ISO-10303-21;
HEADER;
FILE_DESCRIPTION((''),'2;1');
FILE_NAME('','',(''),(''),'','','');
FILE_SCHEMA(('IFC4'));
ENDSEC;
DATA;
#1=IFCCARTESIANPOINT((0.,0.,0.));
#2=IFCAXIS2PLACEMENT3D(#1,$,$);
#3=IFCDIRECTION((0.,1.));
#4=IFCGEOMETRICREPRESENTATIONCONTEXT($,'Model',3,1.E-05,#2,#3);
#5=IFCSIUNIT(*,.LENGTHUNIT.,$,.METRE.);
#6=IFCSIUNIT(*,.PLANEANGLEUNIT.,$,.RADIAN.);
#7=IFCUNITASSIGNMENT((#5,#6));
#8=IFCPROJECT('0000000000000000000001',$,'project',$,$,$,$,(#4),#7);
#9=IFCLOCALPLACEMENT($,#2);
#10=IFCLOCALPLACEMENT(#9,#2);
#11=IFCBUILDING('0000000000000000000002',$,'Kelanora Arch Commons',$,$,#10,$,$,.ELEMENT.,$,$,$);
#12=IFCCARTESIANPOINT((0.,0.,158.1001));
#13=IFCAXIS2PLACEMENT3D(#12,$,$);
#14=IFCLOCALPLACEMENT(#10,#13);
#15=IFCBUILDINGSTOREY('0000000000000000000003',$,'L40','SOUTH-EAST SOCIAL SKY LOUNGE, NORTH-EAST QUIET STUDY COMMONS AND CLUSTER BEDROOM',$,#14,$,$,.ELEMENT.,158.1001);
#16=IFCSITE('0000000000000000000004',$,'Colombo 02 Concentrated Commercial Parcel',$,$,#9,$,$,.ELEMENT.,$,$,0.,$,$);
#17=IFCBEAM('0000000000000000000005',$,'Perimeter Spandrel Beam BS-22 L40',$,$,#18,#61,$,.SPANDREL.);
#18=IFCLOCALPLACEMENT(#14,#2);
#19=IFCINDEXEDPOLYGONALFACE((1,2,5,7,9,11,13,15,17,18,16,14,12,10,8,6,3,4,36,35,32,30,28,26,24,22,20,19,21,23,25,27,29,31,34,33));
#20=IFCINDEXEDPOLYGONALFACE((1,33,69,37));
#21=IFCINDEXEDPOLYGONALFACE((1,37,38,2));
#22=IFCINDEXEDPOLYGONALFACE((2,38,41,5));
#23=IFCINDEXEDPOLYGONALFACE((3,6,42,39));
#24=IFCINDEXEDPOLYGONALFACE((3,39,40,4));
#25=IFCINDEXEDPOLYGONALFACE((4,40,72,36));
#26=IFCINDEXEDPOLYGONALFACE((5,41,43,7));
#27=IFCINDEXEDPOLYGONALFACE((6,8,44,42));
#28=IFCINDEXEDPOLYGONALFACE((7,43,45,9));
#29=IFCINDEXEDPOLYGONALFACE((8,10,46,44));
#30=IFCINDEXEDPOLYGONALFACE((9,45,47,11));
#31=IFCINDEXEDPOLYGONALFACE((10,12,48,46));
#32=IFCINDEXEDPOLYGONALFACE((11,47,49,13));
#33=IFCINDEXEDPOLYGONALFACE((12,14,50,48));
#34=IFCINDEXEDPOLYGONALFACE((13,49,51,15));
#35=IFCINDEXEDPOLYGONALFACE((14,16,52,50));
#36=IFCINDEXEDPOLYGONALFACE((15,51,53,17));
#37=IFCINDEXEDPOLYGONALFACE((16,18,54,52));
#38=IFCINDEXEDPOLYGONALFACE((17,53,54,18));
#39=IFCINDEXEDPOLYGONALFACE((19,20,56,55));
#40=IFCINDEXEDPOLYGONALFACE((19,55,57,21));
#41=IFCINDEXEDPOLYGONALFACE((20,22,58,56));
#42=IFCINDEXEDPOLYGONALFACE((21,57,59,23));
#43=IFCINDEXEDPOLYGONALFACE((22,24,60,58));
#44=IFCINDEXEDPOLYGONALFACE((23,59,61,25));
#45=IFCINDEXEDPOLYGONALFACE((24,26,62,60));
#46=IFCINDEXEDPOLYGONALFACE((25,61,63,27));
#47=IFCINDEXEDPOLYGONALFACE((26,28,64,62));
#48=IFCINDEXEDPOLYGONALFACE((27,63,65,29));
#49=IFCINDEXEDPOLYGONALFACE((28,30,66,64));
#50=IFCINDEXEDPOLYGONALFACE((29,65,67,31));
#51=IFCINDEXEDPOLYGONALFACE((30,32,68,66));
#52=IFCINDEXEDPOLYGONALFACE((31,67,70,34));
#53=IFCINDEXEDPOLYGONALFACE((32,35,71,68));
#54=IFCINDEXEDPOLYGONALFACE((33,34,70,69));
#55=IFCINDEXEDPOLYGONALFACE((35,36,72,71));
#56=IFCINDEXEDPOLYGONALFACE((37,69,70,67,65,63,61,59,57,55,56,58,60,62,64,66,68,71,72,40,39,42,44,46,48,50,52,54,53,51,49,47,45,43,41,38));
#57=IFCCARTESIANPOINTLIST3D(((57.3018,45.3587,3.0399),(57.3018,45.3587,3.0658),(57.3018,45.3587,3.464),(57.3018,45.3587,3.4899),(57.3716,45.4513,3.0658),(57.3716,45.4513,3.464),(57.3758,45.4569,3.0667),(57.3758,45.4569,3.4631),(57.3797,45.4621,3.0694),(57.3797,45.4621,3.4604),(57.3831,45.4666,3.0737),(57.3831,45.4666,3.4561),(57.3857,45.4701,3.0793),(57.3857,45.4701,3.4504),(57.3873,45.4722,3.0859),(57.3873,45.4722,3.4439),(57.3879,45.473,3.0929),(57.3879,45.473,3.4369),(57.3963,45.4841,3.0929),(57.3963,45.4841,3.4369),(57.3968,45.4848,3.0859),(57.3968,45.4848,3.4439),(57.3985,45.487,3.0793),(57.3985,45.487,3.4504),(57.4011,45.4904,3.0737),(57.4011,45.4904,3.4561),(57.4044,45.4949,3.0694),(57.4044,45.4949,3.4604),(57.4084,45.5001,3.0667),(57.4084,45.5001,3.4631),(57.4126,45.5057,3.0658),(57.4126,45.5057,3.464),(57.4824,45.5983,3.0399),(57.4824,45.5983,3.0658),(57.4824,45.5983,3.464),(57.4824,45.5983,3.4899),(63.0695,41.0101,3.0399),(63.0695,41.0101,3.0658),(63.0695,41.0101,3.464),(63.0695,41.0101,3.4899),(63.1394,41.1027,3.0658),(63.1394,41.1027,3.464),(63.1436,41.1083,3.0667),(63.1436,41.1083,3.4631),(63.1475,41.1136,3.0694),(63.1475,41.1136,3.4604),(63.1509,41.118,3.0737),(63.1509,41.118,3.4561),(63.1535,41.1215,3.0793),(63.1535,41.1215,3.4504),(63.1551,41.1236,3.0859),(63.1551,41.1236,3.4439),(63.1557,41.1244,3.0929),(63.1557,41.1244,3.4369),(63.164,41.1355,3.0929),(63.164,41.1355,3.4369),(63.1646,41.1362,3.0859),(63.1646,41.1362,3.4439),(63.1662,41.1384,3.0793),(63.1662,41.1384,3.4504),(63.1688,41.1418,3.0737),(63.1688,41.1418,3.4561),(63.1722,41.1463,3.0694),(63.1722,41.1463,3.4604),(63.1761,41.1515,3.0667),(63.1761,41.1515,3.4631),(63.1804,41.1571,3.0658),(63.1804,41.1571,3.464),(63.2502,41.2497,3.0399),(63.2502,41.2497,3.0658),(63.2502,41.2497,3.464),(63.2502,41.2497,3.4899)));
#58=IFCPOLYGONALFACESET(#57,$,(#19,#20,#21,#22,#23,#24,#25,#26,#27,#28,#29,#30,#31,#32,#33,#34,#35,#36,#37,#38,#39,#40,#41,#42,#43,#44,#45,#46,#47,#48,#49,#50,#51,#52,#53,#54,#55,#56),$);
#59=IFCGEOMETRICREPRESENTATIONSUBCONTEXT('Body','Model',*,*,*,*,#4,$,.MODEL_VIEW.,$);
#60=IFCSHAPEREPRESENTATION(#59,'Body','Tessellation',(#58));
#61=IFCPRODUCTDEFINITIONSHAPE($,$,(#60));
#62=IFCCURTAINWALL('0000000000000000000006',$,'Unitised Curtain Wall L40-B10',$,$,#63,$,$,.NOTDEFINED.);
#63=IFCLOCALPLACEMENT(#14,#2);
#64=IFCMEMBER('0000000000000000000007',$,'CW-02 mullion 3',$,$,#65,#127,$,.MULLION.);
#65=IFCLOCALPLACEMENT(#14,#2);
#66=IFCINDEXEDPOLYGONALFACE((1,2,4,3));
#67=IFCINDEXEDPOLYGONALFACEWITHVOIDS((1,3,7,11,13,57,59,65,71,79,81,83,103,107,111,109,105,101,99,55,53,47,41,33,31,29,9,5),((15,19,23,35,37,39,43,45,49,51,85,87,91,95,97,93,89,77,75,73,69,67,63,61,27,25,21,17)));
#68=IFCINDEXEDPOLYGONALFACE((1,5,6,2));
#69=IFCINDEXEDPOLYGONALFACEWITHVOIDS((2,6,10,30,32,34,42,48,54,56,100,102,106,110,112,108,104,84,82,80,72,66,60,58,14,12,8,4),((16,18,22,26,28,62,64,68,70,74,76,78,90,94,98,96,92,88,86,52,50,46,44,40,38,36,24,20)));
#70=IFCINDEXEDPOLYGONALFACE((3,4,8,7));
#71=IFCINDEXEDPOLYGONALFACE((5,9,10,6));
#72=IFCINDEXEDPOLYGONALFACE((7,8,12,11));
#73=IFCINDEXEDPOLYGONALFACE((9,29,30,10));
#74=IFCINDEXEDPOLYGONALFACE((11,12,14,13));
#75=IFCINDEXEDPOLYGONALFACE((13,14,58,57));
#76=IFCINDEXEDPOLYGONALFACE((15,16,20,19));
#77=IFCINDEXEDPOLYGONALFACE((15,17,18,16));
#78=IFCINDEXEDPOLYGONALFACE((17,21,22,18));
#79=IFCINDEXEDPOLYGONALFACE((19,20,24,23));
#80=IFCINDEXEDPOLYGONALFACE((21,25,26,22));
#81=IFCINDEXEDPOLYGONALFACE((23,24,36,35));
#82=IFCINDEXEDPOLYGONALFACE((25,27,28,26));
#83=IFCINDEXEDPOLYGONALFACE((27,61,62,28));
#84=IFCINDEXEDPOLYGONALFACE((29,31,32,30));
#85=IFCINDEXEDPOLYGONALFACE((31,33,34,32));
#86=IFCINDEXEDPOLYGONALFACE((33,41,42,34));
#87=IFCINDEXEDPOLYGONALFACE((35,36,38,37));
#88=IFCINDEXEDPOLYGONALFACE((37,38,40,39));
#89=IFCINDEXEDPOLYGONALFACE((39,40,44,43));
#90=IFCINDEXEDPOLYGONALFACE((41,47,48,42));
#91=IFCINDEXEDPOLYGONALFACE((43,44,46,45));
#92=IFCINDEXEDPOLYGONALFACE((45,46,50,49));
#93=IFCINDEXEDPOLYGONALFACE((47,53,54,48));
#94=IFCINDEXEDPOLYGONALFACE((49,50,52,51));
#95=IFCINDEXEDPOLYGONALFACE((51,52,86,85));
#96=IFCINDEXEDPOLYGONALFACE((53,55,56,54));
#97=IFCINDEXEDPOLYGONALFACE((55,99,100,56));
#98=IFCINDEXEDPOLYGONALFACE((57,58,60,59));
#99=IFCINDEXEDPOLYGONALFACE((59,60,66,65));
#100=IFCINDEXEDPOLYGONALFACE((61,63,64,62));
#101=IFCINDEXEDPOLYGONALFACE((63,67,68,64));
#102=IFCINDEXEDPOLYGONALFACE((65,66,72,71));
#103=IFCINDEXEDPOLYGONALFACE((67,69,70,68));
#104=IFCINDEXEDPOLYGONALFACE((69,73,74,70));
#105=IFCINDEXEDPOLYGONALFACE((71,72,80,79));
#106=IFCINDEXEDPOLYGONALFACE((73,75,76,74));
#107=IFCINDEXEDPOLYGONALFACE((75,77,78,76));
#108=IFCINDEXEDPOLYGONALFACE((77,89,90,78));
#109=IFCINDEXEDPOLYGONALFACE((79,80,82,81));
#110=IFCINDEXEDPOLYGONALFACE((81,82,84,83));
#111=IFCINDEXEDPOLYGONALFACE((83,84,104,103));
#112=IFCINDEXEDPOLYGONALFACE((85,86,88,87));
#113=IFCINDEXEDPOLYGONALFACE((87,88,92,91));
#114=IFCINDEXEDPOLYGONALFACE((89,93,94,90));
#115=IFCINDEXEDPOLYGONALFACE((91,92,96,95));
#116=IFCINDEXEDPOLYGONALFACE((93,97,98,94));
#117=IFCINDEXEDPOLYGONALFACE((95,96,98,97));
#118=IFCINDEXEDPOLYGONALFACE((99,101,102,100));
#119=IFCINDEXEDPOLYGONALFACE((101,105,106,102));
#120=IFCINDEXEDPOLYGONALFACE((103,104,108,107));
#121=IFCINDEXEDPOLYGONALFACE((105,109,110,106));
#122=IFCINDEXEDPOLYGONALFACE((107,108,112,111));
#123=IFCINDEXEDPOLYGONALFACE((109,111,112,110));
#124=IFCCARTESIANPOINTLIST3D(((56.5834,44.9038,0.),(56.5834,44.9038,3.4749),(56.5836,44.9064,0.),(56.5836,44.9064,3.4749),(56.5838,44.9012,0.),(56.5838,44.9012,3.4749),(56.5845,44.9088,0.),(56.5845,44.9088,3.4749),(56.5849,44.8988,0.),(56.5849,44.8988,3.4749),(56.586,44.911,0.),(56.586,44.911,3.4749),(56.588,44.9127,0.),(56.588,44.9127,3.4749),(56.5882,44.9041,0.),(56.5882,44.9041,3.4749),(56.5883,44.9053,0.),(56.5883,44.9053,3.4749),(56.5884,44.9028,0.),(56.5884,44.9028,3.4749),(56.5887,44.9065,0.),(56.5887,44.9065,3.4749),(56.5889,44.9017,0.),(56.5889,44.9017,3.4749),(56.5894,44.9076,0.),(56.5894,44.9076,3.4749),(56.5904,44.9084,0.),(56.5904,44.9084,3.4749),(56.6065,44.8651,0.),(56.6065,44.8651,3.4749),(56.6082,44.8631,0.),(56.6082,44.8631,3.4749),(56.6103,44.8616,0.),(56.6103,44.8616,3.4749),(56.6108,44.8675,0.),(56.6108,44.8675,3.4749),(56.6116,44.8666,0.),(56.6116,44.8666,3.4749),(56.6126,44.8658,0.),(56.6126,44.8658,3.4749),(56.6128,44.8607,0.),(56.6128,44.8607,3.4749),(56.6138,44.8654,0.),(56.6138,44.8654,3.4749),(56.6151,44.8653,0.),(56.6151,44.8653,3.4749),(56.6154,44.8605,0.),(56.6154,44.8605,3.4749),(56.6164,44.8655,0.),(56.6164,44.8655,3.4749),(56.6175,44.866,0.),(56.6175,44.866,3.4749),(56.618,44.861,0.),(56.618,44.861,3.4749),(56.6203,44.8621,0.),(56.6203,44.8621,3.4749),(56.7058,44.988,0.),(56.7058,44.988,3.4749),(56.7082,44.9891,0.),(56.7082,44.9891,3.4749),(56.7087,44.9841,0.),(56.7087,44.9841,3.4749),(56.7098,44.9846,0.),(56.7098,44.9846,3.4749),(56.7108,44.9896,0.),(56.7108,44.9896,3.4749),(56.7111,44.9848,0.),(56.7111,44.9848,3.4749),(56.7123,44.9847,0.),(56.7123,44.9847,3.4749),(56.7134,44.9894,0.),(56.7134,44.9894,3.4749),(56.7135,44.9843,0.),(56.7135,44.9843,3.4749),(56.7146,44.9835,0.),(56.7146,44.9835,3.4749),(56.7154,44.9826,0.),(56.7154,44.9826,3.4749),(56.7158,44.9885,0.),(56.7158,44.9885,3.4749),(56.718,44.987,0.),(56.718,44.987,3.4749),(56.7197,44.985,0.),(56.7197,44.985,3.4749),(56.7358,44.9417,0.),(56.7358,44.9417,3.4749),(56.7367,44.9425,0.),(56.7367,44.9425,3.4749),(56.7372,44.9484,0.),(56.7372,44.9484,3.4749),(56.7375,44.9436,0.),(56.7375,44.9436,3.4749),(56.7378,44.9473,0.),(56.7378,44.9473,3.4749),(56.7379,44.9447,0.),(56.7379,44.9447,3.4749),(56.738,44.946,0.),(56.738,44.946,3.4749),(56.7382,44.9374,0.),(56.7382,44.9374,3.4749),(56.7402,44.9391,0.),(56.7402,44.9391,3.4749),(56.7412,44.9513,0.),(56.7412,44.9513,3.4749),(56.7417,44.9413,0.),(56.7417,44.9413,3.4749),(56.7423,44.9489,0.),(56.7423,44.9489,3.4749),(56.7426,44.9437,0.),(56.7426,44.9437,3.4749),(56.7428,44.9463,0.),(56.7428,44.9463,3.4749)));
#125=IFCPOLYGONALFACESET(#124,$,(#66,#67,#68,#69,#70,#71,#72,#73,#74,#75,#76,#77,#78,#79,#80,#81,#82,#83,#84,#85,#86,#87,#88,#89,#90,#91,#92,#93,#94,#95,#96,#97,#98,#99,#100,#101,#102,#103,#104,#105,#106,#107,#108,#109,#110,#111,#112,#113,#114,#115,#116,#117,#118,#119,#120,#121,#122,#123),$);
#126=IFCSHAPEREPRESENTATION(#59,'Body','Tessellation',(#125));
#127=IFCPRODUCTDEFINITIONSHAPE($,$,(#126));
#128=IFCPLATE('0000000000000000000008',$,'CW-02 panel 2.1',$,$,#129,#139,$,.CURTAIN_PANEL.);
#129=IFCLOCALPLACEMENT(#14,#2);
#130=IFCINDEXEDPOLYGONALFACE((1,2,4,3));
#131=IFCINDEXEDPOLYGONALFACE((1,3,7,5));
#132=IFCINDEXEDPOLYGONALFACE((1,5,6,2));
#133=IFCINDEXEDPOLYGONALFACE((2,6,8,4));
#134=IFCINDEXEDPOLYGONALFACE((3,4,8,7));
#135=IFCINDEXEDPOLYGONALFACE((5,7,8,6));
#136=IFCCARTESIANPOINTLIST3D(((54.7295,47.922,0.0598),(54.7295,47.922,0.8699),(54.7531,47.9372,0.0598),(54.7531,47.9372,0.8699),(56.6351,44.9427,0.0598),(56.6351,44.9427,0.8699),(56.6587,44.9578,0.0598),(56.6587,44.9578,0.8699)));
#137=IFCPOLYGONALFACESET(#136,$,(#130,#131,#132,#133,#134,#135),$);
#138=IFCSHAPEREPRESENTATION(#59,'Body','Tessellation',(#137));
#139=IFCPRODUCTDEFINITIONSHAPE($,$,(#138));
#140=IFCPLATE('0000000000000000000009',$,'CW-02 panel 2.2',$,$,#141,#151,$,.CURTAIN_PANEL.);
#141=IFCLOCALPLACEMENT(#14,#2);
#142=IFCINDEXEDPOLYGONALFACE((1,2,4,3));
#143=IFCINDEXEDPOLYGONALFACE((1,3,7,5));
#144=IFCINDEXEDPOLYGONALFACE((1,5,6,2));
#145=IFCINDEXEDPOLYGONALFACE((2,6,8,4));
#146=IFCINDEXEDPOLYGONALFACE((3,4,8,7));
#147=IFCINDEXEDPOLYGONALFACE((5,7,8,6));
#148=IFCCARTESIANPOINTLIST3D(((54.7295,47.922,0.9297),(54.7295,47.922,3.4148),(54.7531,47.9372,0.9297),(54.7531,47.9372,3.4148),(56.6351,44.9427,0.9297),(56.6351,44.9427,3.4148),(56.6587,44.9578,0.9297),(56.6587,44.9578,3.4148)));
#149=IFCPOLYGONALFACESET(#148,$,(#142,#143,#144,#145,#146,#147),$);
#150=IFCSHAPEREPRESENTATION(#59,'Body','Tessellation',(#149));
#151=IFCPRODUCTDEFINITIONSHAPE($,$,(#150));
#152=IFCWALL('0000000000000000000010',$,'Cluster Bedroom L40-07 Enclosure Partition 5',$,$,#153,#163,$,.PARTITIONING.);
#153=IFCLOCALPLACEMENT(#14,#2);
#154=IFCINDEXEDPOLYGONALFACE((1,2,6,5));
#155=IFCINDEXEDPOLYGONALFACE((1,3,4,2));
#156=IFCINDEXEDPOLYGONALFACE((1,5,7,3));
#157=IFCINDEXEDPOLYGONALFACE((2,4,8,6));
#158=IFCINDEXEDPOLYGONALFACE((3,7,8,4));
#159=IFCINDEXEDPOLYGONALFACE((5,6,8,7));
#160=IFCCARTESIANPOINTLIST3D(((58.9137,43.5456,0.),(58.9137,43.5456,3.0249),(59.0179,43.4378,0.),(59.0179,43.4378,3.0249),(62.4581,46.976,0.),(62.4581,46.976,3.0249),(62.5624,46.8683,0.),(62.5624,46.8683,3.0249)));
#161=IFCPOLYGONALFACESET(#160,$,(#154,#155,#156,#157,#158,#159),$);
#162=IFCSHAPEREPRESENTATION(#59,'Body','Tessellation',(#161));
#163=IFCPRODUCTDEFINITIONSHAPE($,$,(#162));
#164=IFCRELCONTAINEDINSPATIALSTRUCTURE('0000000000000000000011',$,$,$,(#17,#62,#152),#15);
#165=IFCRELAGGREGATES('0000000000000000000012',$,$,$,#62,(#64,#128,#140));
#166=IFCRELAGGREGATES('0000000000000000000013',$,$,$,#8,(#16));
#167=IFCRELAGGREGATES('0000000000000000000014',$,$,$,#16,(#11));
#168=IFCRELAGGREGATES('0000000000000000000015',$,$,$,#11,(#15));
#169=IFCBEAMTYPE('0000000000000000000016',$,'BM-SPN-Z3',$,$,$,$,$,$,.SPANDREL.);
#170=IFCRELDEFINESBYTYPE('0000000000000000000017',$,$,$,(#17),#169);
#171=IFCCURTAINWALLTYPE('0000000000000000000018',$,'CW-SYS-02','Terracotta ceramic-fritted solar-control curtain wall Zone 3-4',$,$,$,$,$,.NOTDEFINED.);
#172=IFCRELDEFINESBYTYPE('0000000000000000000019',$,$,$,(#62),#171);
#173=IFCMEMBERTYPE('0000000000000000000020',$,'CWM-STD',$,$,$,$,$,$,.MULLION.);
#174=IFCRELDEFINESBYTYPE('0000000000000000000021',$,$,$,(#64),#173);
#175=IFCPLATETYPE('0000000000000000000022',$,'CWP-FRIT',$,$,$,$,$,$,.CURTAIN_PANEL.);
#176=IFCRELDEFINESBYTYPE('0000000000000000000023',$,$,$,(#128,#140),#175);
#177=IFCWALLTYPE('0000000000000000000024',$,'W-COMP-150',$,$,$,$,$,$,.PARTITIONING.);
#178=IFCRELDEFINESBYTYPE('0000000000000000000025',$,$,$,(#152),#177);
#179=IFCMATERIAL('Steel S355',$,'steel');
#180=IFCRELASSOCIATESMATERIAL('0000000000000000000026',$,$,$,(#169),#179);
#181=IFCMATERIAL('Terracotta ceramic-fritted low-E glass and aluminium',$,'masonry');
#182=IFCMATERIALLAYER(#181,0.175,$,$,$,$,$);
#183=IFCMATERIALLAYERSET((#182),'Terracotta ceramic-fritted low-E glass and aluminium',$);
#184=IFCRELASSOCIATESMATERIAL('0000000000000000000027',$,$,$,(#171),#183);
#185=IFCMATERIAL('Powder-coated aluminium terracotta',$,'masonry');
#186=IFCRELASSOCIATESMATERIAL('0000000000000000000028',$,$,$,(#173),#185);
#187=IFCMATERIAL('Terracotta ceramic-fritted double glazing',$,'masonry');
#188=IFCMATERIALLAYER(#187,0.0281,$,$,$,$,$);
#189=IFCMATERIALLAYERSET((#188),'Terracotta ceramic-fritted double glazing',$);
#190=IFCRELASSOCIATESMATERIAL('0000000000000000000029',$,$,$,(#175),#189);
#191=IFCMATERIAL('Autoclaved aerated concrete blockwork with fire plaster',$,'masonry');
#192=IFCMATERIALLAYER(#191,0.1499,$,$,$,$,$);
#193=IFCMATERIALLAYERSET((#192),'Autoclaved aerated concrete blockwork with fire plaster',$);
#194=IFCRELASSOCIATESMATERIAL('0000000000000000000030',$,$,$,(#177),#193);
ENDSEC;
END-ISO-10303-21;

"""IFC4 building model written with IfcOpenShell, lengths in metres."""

from ifc_helpers import new_model, si_unit, direction, frame, frame_2d, origin, origin_2d, place, context, subcontext, project, spatial, rectangle, hollow_rectangle, i_section, extrude, source, transform, mapped, material, layer, layer_set, material_profile, profile_set, type_object, element, aggregate, save


model = new_model("IFC4")

# Units and contexts
model_context = context("Model", 3, precision=1e-05, world=origin(), true_north=direction((0.0, 1.0)))
body_context = subcontext(model_context, "Body", "Model", "MODEL_VIEW")
ifc_project = project(units=[si_unit("LENGTHUNIT", "METRE"), si_unit("PLANEANGLEUNIT", "RADIAN")], contexts=[model_context])

# Site, building, storey
site_placement = place(None, origin())
site = spatial("IfcSite", under=ifc_project, at=site_placement, Name="Colombo 02 Concentrated Commercial Parcel", CompositionType="ELEMENT", RefElevation=0.0)
building_placement = place(site_placement, origin())
building = spatial("IfcBuilding", under=site, at=building_placement, Name="Kelanora Arch Commons", CompositionType="ELEMENT")
storey_placement = place(building_placement, frame((0.0, 0.0, 158.1001)))
storey = spatial("IfcBuildingStorey", under=building, at=storey_placement, Name="L40", Description="SOUTH-EAST SOCIAL SKY LOUNGE, NORTH-EAST QUIET STUDY COMMONS AND CLUSTER BEDROOM", CompositionType="ELEMENT", Elevation=158.1001)

# Beam
ifc_material_1 = material(Name="Steel S355", Category="steel")
ifc_material_profile_1 = material_profile(ifc_material_1, i_section(OverallWidth=0.3, OverallDepth=0.45, WebThickness=0.0139, FlangeThickness=0.0259, FilletRadius=0.0271, at=origin_2d()), Name="HEB450")
ifc_profile_set_1 = profile_set([ifc_material_profile_1], Name="Steel S355")
beam_type_1 = type_object("IfcBeamType", Name="BM-SPN-Z3", PredefinedType="SPANDREL", material=ifc_profile_set_1)
beam_1_placement = place(storey_placement, frame((57.3921, 45.4785, 3.2649), z_axis=(0.798485, -0.602015, 0.0), x_axis=(0.602015, 0.798485, 0.0)))
element("IfcBeam", 1, at=beam_1_placement, inside=storey, type_object=beam_type_1, Name="Perimeter Spandrel Beam BS-22 L40", PredefinedType="SPANDREL", context=body_context, shape_type="SweptSolid", body=[
    extrude(i_section(OverallWidth=0.3, OverallDepth=0.45, WebThickness=0.0139, FlangeThickness=0.0259, FilletRadius=0.0271, at=origin_2d()), origin(), (0.0, 0.0, 1.0), 7.2234),
])

# Curtain wall, member, plates
ifc_material_2 = material(Name="Terracotta ceramic-fritted low-E glass and aluminium", Category="masonry")
ifc_layer_1 = layer(ifc_material_2, 0.175)
ifc_layer_set_1 = layer_set([ifc_layer_1], Name="Terracotta ceramic-fritted low-E glass and aluminium")
curtain_wall_type = type_object("IfcCurtainWallType", Name="CW-SYS-02", Description="Terracotta ceramic-fritted solar-control curtain wall Zone 3-4", PredefinedType="NOTDEFINED", material=ifc_layer_set_1)
curtain_wall_placement = place(storey_placement, origin())
curtain_wall = element("IfcCurtainWall", 2, at=curtain_wall_placement, inside=storey, type_object=curtain_wall_type, Name="Unitised Curtain Wall L40-B10", PredefinedType="NOTDEFINED")
ifc_material_3 = material(Name="Powder-coated aluminium terracotta", Category="masonry")
ifc_material_profile_2 = material_profile(ifc_material_3, hollow_rectangle(XDim=0.1599, YDim=0.0601, WallThickness=0.0049, InnerFilletRadius=0.0049, OuterFilletRadius=0.01, at=origin_2d()), Name="CWM160x60")
ifc_profile_set_2 = profile_set([ifc_material_profile_2], Name="Powder-coated aluminium terracotta")
member_type = type_object("IfcMemberType", Name="CWM-STD", PredefinedType="MULLION", material=ifc_profile_set_2)
member_placement = place(storey_placement, frame((56.6631, 44.925, 0.0), z_axis=(0.0, 0.0, 1.0), x_axis=(0.842423, 0.538817, 0.0)))
member = element("IfcMember", 3, at=member_placement, type_object=member_type, Name="CW-02 mullion 3", PredefinedType="MULLION", context=body_context, shape_type="SweptSolid", body=[
    extrude(hollow_rectangle(XDim=0.1599, YDim=0.0601, WallThickness=0.0049, InnerFilletRadius=0.0049, OuterFilletRadius=0.01, at=origin_2d()), origin(), (0.0, 0.0, 1.0), 3.4749),
])
ifc_material_4 = material(Name="Terracotta ceramic-fritted double glazing", Category="masonry")
ifc_layer_2 = layer(ifc_material_4, 0.0281)
ifc_layer_set_2 = layer_set([ifc_layer_2], Name="Terracotta ceramic-fritted double glazing")
plate_type = type_object("IfcPlateType", Name="CWP-FRIT", PredefinedType="CURTAIN_PANEL", material=ifc_layer_set_2)
shared_shape_1 = source(origin(), body_context, "Body", "SweptSolid", [
    extrude(rectangle(XDim=3.5366, YDim=0.0281, at=origin_2d()), origin(), (0.0, 0.0, 1.0), 0.8101),
])
plate_1_placement = place(storey_placement, frame((55.6941, 46.4399, 0.0598), z_axis=(0.0, 0.0, 1.0), x_axis=(0.538817, -0.842423, 0.0)))
plate_1 = element("IfcPlate", 4, at=plate_1_placement, type_object=plate_type, Name="CW-02 panel 2.1", PredefinedType="CURTAIN_PANEL", context=body_context, shape_type="MappedRepresentation", body=[
    mapped(shared_shape_1, transform((0.0, 0.0, 0.0), scale=1.0)),
])
shared_shape_2 = source(origin(), body_context, "Body", "SweptSolid", [
    extrude(rectangle(XDim=3.5366, YDim=0.0281, at=origin_2d()), origin(), (0.0, 0.0, 1.0), 2.4851),
])
plate_2_placement = place(storey_placement, frame((55.6941, 46.4399, 0.9297), z_axis=(0.0, 0.0, 1.0), x_axis=(0.538817, -0.842423, 0.0)))
plate_2 = element("IfcPlate", 5, at=plate_2_placement, type_object=plate_type, Name="CW-02 panel 2.2", PredefinedType="CURTAIN_PANEL", context=body_context, shape_type="MappedRepresentation", body=[
    mapped(shared_shape_2, transform((0.0, 0.0, 0.0), scale=1.0)),
])
aggregate(curtain_wall, [member, plate_1, plate_2])

# Wall
ifc_material_5 = material(Name="Autoclaved aerated concrete blockwork with fire plaster", Category="masonry")
ifc_layer_3 = layer(ifc_material_5, 0.1499)
ifc_layer_set_3 = layer_set([ifc_layer_3], Name="Autoclaved aerated concrete blockwork with fire plaster")
wall_type_1 = type_object("IfcWallType", Name="W-COMP-150", PredefinedType="PARTITIONING", material=ifc_layer_set_3)
wall_1_placement = place(storey_placement, frame((58.9658, 43.4917, 0.0), z_axis=(0.0, 0.0, 1.0), x_axis=(0.718569, 0.695455, 0.0)))
element("IfcWall", 6, at=wall_1_placement, inside=storey, type_object=wall_type_1, Name="Cluster Bedroom L40-07 Enclosure Partition 5", PredefinedType="PARTITIONING", context=body_context, shape_type="SweptSolid", body=[
    extrude(rectangle(XDim=4.9326, YDim=0.1499, at=frame_2d((2.4663, 0.0))), origin(), (0.0, 0.0, 1.0), 3.0249),
])

save(model, "model.ifc")
